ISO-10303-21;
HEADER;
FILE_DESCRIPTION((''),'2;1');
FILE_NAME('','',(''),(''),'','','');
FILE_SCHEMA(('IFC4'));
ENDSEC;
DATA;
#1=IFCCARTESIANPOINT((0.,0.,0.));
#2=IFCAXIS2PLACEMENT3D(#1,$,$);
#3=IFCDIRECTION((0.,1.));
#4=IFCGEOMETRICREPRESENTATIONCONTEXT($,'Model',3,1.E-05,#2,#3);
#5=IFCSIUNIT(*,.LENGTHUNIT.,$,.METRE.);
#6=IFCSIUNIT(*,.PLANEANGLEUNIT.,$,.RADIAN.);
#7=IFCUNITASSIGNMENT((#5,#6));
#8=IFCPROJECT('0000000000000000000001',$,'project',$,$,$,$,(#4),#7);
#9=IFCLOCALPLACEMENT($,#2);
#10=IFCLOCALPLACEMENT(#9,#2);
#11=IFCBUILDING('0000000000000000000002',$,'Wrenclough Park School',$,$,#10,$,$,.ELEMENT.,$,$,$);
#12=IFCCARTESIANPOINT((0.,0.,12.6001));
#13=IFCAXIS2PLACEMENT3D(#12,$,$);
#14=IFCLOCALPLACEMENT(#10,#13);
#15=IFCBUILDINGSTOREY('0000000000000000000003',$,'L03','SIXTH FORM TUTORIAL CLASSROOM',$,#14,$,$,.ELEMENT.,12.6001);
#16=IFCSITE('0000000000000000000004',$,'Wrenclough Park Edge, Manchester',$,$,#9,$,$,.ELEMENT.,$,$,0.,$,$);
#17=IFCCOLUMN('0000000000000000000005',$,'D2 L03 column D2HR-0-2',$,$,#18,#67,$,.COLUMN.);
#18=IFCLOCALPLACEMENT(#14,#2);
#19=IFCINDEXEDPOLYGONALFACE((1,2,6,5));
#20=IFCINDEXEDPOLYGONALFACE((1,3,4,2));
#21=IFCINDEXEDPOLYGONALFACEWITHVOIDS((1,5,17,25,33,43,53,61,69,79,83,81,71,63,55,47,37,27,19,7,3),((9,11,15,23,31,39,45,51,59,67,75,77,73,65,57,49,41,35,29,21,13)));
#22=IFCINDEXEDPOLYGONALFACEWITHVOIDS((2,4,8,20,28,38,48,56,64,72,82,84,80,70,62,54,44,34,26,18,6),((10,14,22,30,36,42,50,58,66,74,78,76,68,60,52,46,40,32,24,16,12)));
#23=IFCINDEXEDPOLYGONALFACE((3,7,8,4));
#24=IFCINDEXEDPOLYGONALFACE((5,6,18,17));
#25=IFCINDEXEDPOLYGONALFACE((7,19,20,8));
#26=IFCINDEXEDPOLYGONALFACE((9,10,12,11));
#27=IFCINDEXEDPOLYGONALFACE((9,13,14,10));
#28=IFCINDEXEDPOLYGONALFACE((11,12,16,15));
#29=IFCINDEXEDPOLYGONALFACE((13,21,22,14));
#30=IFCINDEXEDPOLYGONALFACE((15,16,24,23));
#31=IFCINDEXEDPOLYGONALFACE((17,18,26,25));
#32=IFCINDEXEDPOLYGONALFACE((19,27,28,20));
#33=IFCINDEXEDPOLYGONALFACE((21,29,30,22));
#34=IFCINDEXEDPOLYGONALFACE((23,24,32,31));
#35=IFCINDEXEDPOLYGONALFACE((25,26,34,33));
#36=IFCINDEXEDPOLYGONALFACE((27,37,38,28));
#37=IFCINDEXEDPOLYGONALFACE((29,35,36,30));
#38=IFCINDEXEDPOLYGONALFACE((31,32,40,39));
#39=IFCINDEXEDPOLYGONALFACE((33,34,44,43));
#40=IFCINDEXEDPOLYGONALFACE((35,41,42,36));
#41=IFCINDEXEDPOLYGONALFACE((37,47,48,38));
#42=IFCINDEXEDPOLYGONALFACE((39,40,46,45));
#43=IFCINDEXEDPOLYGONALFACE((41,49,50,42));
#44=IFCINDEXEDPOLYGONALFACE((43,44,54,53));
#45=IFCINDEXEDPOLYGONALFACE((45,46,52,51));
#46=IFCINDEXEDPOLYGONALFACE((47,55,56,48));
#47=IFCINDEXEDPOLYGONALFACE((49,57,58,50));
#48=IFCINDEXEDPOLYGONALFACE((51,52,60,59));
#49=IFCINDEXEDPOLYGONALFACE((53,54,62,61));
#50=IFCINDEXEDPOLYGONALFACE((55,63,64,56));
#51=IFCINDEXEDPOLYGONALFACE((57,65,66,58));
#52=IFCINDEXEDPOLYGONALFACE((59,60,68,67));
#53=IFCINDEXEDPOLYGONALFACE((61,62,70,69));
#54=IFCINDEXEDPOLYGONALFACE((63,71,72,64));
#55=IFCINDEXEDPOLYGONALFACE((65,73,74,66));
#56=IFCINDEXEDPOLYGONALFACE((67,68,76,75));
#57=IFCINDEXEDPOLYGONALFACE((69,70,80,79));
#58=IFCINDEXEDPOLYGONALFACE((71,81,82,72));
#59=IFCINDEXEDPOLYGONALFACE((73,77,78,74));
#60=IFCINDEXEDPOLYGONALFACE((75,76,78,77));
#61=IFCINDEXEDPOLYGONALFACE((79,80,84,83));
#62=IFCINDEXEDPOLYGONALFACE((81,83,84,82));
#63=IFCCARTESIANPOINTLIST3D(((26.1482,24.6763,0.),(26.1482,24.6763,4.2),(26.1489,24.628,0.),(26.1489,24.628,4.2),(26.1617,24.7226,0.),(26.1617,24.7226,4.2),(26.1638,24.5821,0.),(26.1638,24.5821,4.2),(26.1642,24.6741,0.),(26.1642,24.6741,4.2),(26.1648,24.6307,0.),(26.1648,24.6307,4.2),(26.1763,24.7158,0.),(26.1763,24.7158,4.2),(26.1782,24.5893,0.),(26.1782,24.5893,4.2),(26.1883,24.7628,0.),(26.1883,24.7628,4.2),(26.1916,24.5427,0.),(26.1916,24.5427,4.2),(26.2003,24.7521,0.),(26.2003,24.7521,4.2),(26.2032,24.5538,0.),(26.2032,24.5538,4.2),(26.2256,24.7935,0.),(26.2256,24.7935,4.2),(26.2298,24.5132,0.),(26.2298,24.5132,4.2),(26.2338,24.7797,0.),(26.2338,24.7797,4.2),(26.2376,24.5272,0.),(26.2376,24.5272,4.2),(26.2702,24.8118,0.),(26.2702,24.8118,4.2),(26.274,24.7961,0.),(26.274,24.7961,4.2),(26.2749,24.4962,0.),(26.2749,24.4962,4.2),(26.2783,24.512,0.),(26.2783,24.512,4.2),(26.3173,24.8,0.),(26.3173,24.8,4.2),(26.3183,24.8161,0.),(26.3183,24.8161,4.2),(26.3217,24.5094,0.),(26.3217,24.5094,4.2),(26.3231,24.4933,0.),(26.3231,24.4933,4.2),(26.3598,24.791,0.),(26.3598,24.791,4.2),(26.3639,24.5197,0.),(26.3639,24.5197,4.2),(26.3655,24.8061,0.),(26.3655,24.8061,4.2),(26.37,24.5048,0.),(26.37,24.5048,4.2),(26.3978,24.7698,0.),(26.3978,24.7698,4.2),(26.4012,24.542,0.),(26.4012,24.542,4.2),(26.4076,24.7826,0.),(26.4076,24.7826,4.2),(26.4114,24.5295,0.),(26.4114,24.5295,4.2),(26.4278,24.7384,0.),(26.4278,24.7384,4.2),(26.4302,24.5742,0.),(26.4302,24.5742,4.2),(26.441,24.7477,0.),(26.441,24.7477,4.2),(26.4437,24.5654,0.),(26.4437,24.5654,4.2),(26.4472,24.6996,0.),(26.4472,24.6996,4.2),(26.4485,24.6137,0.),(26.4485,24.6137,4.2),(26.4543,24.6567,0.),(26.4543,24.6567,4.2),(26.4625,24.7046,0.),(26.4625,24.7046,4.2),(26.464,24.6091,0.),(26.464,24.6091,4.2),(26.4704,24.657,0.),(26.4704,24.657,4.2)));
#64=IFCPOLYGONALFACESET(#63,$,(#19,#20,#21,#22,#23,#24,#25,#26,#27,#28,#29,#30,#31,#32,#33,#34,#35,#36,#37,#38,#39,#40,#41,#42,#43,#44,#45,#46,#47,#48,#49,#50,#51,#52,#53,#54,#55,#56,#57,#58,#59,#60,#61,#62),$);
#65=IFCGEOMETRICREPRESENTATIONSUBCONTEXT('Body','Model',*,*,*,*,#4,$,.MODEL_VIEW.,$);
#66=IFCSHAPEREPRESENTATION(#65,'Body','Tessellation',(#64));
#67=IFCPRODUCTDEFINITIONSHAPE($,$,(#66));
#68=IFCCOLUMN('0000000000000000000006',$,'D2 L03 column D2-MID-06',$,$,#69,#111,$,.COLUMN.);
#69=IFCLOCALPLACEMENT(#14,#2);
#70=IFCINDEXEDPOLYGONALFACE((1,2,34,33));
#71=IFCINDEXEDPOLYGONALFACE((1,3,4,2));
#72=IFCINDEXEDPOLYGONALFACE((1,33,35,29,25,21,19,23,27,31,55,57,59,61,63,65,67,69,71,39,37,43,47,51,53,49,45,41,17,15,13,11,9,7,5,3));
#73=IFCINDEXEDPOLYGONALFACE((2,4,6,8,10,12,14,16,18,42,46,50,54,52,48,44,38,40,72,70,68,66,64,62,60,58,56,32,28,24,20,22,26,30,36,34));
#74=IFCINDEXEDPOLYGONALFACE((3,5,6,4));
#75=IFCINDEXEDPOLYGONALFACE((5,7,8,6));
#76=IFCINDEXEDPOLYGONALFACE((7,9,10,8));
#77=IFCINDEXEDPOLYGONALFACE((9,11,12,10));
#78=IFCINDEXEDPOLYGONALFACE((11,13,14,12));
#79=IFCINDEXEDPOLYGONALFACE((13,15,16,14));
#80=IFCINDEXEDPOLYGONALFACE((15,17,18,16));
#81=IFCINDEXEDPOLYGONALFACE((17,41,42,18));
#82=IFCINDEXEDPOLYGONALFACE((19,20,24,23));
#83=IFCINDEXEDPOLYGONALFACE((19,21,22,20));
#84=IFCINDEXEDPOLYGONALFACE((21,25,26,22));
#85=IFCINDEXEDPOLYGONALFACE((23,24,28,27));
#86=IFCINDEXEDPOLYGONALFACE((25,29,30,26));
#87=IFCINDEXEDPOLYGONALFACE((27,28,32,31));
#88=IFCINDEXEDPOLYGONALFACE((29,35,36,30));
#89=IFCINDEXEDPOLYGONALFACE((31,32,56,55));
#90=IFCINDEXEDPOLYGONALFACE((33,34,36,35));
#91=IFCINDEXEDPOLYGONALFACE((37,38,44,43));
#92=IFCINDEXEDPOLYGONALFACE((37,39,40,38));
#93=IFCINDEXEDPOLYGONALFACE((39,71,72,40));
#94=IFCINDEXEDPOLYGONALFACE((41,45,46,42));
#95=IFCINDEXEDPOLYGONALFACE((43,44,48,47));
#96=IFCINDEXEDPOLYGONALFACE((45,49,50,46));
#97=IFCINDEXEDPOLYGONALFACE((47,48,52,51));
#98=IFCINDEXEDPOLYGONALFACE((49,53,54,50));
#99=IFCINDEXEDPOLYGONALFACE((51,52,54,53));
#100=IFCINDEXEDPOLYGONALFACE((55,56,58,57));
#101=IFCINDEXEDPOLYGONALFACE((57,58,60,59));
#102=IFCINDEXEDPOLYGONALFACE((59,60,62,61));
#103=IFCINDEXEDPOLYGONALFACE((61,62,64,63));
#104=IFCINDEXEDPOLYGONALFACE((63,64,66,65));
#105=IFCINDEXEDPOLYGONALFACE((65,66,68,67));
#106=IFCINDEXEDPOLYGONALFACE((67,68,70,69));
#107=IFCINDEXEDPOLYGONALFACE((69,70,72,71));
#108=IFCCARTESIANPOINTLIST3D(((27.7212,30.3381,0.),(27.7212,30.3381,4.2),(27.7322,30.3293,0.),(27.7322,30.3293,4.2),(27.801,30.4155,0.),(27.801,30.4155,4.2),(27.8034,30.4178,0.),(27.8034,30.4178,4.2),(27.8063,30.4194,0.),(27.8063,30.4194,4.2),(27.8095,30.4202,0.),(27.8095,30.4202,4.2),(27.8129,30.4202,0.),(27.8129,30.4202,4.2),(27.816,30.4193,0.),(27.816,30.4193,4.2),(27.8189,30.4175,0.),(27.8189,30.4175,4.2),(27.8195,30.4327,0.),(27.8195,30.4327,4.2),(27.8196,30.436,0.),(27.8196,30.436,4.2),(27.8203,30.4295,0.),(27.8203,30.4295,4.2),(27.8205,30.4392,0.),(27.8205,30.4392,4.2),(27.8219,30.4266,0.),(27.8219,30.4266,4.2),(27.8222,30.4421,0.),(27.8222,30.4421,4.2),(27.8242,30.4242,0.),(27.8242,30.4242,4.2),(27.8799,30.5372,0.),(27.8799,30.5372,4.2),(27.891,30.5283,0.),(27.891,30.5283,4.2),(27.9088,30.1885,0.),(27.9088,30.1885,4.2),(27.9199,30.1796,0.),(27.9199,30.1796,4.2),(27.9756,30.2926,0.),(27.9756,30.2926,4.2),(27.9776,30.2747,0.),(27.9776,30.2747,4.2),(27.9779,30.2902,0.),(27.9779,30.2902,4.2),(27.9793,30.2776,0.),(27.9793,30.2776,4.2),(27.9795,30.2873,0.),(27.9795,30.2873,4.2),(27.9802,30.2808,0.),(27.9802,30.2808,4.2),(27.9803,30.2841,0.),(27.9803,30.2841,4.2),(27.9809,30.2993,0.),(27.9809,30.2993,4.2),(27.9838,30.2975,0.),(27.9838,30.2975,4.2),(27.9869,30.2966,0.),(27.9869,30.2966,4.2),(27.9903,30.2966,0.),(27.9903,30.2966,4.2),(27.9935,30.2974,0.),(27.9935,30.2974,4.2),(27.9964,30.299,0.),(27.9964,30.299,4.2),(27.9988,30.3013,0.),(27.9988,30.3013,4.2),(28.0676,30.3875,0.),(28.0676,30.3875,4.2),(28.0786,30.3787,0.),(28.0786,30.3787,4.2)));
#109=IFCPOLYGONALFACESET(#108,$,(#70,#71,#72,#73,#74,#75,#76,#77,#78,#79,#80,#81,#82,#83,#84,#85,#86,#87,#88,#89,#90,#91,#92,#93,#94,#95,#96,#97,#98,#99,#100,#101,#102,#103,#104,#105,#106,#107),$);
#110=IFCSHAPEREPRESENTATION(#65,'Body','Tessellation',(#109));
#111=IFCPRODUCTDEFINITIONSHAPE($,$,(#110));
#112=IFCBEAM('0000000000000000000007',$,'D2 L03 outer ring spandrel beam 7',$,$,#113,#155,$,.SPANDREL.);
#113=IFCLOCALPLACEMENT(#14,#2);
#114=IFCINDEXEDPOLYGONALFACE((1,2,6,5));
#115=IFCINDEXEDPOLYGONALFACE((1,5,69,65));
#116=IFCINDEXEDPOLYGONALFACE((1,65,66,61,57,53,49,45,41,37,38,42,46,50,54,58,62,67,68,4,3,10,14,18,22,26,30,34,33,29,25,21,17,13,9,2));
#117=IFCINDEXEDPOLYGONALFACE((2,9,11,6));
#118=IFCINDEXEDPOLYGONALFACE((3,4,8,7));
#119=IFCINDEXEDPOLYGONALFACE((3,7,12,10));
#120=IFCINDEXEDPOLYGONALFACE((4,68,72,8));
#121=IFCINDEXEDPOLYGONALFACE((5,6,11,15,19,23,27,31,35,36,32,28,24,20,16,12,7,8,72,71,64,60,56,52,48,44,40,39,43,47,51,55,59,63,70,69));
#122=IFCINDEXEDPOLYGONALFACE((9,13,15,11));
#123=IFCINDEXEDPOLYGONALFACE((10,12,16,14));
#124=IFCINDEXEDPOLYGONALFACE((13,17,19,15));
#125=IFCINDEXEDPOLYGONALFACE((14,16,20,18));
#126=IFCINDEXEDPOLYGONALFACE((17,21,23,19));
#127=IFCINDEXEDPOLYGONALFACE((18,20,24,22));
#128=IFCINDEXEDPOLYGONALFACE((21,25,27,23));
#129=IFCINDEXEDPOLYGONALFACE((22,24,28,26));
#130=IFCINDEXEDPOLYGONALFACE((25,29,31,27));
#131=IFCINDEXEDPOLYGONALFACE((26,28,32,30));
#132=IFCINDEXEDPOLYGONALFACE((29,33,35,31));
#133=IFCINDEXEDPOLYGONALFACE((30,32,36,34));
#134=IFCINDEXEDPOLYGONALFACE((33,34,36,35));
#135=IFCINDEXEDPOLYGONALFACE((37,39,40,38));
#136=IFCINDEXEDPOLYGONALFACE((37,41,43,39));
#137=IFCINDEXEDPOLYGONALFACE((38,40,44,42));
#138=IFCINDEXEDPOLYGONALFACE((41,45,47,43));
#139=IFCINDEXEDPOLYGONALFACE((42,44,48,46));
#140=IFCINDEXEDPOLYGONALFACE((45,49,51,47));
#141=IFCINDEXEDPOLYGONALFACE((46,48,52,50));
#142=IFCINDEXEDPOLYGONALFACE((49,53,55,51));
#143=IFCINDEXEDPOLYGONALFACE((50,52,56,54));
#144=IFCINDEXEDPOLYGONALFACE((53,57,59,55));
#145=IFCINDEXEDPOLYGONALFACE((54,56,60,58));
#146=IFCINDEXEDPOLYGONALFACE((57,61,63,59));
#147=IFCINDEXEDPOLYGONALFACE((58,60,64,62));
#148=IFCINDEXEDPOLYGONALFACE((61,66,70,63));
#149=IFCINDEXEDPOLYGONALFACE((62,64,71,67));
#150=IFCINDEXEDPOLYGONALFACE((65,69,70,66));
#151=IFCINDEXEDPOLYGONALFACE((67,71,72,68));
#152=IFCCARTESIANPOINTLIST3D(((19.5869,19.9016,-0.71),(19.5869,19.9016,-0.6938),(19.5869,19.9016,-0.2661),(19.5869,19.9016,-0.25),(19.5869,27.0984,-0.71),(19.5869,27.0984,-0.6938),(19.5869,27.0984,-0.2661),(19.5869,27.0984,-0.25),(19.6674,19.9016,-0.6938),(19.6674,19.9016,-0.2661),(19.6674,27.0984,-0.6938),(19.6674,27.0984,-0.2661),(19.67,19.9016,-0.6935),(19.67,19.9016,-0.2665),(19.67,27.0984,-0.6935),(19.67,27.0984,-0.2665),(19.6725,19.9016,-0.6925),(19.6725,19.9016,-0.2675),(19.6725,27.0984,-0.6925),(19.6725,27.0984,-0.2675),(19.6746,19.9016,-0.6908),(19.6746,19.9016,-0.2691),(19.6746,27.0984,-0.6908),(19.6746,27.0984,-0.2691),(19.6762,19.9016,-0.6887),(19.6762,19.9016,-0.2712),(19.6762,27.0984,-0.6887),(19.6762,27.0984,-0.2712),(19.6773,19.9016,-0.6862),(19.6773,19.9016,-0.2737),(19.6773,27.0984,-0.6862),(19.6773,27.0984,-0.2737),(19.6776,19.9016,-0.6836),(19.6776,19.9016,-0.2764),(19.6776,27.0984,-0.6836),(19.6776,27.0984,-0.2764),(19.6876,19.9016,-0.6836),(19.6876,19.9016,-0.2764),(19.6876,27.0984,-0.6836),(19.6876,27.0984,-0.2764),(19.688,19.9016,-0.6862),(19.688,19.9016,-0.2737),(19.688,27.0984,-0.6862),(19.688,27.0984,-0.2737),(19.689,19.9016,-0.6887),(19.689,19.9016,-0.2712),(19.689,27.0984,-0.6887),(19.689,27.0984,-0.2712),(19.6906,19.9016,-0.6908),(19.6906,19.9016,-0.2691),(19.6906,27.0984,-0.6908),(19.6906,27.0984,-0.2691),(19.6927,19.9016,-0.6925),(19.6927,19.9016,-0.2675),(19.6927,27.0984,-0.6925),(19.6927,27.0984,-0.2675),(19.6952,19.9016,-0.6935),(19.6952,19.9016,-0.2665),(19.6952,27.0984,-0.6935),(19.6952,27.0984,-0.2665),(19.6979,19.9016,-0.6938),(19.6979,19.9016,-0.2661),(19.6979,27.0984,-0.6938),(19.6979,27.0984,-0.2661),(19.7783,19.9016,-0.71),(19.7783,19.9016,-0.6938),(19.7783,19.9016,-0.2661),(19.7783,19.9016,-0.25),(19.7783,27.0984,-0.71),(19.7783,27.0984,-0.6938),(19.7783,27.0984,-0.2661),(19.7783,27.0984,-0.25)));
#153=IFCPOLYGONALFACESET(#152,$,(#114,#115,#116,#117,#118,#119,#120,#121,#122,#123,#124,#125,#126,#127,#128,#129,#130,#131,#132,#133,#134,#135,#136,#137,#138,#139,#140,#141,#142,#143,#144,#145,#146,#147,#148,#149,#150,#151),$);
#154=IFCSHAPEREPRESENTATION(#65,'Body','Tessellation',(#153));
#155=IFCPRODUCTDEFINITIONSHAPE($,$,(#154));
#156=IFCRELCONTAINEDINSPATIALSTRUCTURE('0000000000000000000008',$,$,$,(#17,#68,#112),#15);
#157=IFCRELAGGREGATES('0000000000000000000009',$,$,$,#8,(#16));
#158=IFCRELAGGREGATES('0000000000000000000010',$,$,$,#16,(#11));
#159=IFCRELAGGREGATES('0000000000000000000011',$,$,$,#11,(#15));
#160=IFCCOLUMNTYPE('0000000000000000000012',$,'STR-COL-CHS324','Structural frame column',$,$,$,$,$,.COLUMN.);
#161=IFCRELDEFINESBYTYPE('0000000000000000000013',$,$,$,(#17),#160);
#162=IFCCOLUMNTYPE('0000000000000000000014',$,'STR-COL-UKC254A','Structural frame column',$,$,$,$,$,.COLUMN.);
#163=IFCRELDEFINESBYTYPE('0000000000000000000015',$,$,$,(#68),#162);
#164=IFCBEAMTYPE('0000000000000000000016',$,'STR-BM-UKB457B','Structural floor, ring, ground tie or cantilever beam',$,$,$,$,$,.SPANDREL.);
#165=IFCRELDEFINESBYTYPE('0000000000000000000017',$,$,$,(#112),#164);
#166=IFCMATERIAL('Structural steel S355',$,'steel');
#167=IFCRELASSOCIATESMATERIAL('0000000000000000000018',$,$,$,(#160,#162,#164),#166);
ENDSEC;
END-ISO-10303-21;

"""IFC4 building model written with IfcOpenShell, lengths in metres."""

from ifc_helpers import new_model, si_unit, direction, frame, origin, origin_2d, place, context, subcontext, project, spatial, hollow_circle, i_section, extrude, material, material_profile, profile_set, type_object, element, save


model = new_model("IFC4")

# Units and contexts
model_context = context("Model", 3, precision=1e-05, world=origin(), true_north=direction((0.0, 1.0)))
body_context = subcontext(model_context, "Body", "Model", "MODEL_VIEW")
ifc_project = project(units=[si_unit("LENGTHUNIT", "METRE"), si_unit("PLANEANGLEUNIT", "RADIAN")], contexts=[model_context])

# Site, building, storey
site_placement = place(None, origin())
site = spatial("IfcSite", under=ifc_project, at=site_placement, Name="Wrenclough Park Edge, Manchester", CompositionType="ELEMENT", RefElevation=0.0)
building_placement = place(site_placement, origin())
building = spatial("IfcBuilding", under=site, at=building_placement, Name="Wrenclough Park School", CompositionType="ELEMENT")
storey_placement = place(building_placement, frame((0.0, 0.0, 12.6001)))
storey = spatial("IfcBuildingStorey", under=building, at=storey_placement, Name="L03", Description="SIXTH FORM TUTORIAL CLASSROOM", CompositionType="ELEMENT", Elevation=12.6001)

# Columns
ifc_material_1 = material(Name="Structural steel S355", Category="steel")
ifc_material_profile_1 = material_profile(ifc_material_1, hollow_circle(Radius=0.1619, WallThickness=0.0161, at=origin_2d()), Name="CHS 323.9x16.0")
ifc_profile_set_1 = profile_set([ifc_material_profile_1], Name="Structural steel S355")
column_type_1 = type_object("IfcColumnType", Name="STR-COL-CHS324", Description="Structural frame column", PredefinedType="COLUMN", material=ifc_profile_set_1)
column_1_placement = place(storey_placement, frame((26.3086, 24.6545, 0.0), z_axis=(0.0, 0.0, 1.0), x_axis=(0.951057, 0.309017, 0.0)))
element("IfcColumn", 1, at=column_1_placement, inside=storey, type_object=column_type_1, Name="D2 L03 column D2HR-0-2", PredefinedType="COLUMN", context=body_context, shape_type="SweptSolid", body=[
    extrude(hollow_circle(Radius=0.1619, WallThickness=0.0161, at=origin_2d()), origin(), (0.0, 0.0, 1.0), 4.2),
])
ifc_material_profile_2 = material_profile(ifc_material_1, i_section(OverallWidth=0.2546, OverallDepth=0.2542, WebThickness=0.0085, FlangeThickness=0.0142, FilletRadius=0.0127, at=origin_2d()), Name="UKC 254x254x73")
ifc_profile_set_2 = profile_set([ifc_material_profile_2], Name="Structural steel S355")
column_type_2 = type_object("IfcColumnType", Name="STR-COL-UKC254A", Description="Structural frame column", PredefinedType="COLUMN", material=ifc_profile_set_2)
column_2_placement = place(storey_placement, frame((27.8999, 30.3584, 0.0), z_axis=(0.0, 0.0, 1.0), x_axis=(-0.62347, -0.781847, 0.0)))
element("IfcColumn", 2, at=column_2_placement, inside=storey, type_object=column_type_2, Name="D2 L03 column D2-MID-06", PredefinedType="COLUMN", context=body_context, shape_type="SweptSolid", body=[
    extrude(i_section(OverallWidth=0.2546, OverallDepth=0.2542, WebThickness=0.0085, FlangeThickness=0.0142, FilletRadius=0.0127, at=origin_2d()), origin(), (0.0, 0.0, 1.0), 4.2),
])

# Beam
ifc_material_profile_3 = material_profile(ifc_material_1, i_section(OverallWidth=0.1914, OverallDepth=0.46, WebThickness=0.01, FlangeThickness=0.0161, FilletRadius=0.0103, at=origin_2d()), Name="UKB 457x191x82")
ifc_profile_set_3 = profile_set([ifc_material_profile_3], Name="Structural steel S355")
beam_type_1 = type_object("IfcBeamType", Name="STR-BM-UKB457B", Description="Structural floor, ring, ground tie or cantilever beam", PredefinedType="SPANDREL", material=ifc_profile_set_3)
beam_1_placement = place(storey_placement, frame((19.6826, 27.0984, -0.48), z_axis=(0.0, -1.0, 0.0), x_axis=(1.0, 0.0, 0.0)))
element("IfcBeam", 3, at=beam_1_placement, inside=storey, type_object=beam_type_1, Name="D2 L03 outer ring spandrel beam 7", PredefinedType="SPANDREL", context=body_context, shape_type="SweptSolid", body=[
    extrude(i_section(OverallWidth=0.1914, OverallDepth=0.46, WebThickness=0.01, FlangeThickness=0.0161, FilletRadius=0.0103, at=origin_2d()), origin(), (0.0, 0.0, 1.0), 7.1968),
])

save(model, "model.ifc")
